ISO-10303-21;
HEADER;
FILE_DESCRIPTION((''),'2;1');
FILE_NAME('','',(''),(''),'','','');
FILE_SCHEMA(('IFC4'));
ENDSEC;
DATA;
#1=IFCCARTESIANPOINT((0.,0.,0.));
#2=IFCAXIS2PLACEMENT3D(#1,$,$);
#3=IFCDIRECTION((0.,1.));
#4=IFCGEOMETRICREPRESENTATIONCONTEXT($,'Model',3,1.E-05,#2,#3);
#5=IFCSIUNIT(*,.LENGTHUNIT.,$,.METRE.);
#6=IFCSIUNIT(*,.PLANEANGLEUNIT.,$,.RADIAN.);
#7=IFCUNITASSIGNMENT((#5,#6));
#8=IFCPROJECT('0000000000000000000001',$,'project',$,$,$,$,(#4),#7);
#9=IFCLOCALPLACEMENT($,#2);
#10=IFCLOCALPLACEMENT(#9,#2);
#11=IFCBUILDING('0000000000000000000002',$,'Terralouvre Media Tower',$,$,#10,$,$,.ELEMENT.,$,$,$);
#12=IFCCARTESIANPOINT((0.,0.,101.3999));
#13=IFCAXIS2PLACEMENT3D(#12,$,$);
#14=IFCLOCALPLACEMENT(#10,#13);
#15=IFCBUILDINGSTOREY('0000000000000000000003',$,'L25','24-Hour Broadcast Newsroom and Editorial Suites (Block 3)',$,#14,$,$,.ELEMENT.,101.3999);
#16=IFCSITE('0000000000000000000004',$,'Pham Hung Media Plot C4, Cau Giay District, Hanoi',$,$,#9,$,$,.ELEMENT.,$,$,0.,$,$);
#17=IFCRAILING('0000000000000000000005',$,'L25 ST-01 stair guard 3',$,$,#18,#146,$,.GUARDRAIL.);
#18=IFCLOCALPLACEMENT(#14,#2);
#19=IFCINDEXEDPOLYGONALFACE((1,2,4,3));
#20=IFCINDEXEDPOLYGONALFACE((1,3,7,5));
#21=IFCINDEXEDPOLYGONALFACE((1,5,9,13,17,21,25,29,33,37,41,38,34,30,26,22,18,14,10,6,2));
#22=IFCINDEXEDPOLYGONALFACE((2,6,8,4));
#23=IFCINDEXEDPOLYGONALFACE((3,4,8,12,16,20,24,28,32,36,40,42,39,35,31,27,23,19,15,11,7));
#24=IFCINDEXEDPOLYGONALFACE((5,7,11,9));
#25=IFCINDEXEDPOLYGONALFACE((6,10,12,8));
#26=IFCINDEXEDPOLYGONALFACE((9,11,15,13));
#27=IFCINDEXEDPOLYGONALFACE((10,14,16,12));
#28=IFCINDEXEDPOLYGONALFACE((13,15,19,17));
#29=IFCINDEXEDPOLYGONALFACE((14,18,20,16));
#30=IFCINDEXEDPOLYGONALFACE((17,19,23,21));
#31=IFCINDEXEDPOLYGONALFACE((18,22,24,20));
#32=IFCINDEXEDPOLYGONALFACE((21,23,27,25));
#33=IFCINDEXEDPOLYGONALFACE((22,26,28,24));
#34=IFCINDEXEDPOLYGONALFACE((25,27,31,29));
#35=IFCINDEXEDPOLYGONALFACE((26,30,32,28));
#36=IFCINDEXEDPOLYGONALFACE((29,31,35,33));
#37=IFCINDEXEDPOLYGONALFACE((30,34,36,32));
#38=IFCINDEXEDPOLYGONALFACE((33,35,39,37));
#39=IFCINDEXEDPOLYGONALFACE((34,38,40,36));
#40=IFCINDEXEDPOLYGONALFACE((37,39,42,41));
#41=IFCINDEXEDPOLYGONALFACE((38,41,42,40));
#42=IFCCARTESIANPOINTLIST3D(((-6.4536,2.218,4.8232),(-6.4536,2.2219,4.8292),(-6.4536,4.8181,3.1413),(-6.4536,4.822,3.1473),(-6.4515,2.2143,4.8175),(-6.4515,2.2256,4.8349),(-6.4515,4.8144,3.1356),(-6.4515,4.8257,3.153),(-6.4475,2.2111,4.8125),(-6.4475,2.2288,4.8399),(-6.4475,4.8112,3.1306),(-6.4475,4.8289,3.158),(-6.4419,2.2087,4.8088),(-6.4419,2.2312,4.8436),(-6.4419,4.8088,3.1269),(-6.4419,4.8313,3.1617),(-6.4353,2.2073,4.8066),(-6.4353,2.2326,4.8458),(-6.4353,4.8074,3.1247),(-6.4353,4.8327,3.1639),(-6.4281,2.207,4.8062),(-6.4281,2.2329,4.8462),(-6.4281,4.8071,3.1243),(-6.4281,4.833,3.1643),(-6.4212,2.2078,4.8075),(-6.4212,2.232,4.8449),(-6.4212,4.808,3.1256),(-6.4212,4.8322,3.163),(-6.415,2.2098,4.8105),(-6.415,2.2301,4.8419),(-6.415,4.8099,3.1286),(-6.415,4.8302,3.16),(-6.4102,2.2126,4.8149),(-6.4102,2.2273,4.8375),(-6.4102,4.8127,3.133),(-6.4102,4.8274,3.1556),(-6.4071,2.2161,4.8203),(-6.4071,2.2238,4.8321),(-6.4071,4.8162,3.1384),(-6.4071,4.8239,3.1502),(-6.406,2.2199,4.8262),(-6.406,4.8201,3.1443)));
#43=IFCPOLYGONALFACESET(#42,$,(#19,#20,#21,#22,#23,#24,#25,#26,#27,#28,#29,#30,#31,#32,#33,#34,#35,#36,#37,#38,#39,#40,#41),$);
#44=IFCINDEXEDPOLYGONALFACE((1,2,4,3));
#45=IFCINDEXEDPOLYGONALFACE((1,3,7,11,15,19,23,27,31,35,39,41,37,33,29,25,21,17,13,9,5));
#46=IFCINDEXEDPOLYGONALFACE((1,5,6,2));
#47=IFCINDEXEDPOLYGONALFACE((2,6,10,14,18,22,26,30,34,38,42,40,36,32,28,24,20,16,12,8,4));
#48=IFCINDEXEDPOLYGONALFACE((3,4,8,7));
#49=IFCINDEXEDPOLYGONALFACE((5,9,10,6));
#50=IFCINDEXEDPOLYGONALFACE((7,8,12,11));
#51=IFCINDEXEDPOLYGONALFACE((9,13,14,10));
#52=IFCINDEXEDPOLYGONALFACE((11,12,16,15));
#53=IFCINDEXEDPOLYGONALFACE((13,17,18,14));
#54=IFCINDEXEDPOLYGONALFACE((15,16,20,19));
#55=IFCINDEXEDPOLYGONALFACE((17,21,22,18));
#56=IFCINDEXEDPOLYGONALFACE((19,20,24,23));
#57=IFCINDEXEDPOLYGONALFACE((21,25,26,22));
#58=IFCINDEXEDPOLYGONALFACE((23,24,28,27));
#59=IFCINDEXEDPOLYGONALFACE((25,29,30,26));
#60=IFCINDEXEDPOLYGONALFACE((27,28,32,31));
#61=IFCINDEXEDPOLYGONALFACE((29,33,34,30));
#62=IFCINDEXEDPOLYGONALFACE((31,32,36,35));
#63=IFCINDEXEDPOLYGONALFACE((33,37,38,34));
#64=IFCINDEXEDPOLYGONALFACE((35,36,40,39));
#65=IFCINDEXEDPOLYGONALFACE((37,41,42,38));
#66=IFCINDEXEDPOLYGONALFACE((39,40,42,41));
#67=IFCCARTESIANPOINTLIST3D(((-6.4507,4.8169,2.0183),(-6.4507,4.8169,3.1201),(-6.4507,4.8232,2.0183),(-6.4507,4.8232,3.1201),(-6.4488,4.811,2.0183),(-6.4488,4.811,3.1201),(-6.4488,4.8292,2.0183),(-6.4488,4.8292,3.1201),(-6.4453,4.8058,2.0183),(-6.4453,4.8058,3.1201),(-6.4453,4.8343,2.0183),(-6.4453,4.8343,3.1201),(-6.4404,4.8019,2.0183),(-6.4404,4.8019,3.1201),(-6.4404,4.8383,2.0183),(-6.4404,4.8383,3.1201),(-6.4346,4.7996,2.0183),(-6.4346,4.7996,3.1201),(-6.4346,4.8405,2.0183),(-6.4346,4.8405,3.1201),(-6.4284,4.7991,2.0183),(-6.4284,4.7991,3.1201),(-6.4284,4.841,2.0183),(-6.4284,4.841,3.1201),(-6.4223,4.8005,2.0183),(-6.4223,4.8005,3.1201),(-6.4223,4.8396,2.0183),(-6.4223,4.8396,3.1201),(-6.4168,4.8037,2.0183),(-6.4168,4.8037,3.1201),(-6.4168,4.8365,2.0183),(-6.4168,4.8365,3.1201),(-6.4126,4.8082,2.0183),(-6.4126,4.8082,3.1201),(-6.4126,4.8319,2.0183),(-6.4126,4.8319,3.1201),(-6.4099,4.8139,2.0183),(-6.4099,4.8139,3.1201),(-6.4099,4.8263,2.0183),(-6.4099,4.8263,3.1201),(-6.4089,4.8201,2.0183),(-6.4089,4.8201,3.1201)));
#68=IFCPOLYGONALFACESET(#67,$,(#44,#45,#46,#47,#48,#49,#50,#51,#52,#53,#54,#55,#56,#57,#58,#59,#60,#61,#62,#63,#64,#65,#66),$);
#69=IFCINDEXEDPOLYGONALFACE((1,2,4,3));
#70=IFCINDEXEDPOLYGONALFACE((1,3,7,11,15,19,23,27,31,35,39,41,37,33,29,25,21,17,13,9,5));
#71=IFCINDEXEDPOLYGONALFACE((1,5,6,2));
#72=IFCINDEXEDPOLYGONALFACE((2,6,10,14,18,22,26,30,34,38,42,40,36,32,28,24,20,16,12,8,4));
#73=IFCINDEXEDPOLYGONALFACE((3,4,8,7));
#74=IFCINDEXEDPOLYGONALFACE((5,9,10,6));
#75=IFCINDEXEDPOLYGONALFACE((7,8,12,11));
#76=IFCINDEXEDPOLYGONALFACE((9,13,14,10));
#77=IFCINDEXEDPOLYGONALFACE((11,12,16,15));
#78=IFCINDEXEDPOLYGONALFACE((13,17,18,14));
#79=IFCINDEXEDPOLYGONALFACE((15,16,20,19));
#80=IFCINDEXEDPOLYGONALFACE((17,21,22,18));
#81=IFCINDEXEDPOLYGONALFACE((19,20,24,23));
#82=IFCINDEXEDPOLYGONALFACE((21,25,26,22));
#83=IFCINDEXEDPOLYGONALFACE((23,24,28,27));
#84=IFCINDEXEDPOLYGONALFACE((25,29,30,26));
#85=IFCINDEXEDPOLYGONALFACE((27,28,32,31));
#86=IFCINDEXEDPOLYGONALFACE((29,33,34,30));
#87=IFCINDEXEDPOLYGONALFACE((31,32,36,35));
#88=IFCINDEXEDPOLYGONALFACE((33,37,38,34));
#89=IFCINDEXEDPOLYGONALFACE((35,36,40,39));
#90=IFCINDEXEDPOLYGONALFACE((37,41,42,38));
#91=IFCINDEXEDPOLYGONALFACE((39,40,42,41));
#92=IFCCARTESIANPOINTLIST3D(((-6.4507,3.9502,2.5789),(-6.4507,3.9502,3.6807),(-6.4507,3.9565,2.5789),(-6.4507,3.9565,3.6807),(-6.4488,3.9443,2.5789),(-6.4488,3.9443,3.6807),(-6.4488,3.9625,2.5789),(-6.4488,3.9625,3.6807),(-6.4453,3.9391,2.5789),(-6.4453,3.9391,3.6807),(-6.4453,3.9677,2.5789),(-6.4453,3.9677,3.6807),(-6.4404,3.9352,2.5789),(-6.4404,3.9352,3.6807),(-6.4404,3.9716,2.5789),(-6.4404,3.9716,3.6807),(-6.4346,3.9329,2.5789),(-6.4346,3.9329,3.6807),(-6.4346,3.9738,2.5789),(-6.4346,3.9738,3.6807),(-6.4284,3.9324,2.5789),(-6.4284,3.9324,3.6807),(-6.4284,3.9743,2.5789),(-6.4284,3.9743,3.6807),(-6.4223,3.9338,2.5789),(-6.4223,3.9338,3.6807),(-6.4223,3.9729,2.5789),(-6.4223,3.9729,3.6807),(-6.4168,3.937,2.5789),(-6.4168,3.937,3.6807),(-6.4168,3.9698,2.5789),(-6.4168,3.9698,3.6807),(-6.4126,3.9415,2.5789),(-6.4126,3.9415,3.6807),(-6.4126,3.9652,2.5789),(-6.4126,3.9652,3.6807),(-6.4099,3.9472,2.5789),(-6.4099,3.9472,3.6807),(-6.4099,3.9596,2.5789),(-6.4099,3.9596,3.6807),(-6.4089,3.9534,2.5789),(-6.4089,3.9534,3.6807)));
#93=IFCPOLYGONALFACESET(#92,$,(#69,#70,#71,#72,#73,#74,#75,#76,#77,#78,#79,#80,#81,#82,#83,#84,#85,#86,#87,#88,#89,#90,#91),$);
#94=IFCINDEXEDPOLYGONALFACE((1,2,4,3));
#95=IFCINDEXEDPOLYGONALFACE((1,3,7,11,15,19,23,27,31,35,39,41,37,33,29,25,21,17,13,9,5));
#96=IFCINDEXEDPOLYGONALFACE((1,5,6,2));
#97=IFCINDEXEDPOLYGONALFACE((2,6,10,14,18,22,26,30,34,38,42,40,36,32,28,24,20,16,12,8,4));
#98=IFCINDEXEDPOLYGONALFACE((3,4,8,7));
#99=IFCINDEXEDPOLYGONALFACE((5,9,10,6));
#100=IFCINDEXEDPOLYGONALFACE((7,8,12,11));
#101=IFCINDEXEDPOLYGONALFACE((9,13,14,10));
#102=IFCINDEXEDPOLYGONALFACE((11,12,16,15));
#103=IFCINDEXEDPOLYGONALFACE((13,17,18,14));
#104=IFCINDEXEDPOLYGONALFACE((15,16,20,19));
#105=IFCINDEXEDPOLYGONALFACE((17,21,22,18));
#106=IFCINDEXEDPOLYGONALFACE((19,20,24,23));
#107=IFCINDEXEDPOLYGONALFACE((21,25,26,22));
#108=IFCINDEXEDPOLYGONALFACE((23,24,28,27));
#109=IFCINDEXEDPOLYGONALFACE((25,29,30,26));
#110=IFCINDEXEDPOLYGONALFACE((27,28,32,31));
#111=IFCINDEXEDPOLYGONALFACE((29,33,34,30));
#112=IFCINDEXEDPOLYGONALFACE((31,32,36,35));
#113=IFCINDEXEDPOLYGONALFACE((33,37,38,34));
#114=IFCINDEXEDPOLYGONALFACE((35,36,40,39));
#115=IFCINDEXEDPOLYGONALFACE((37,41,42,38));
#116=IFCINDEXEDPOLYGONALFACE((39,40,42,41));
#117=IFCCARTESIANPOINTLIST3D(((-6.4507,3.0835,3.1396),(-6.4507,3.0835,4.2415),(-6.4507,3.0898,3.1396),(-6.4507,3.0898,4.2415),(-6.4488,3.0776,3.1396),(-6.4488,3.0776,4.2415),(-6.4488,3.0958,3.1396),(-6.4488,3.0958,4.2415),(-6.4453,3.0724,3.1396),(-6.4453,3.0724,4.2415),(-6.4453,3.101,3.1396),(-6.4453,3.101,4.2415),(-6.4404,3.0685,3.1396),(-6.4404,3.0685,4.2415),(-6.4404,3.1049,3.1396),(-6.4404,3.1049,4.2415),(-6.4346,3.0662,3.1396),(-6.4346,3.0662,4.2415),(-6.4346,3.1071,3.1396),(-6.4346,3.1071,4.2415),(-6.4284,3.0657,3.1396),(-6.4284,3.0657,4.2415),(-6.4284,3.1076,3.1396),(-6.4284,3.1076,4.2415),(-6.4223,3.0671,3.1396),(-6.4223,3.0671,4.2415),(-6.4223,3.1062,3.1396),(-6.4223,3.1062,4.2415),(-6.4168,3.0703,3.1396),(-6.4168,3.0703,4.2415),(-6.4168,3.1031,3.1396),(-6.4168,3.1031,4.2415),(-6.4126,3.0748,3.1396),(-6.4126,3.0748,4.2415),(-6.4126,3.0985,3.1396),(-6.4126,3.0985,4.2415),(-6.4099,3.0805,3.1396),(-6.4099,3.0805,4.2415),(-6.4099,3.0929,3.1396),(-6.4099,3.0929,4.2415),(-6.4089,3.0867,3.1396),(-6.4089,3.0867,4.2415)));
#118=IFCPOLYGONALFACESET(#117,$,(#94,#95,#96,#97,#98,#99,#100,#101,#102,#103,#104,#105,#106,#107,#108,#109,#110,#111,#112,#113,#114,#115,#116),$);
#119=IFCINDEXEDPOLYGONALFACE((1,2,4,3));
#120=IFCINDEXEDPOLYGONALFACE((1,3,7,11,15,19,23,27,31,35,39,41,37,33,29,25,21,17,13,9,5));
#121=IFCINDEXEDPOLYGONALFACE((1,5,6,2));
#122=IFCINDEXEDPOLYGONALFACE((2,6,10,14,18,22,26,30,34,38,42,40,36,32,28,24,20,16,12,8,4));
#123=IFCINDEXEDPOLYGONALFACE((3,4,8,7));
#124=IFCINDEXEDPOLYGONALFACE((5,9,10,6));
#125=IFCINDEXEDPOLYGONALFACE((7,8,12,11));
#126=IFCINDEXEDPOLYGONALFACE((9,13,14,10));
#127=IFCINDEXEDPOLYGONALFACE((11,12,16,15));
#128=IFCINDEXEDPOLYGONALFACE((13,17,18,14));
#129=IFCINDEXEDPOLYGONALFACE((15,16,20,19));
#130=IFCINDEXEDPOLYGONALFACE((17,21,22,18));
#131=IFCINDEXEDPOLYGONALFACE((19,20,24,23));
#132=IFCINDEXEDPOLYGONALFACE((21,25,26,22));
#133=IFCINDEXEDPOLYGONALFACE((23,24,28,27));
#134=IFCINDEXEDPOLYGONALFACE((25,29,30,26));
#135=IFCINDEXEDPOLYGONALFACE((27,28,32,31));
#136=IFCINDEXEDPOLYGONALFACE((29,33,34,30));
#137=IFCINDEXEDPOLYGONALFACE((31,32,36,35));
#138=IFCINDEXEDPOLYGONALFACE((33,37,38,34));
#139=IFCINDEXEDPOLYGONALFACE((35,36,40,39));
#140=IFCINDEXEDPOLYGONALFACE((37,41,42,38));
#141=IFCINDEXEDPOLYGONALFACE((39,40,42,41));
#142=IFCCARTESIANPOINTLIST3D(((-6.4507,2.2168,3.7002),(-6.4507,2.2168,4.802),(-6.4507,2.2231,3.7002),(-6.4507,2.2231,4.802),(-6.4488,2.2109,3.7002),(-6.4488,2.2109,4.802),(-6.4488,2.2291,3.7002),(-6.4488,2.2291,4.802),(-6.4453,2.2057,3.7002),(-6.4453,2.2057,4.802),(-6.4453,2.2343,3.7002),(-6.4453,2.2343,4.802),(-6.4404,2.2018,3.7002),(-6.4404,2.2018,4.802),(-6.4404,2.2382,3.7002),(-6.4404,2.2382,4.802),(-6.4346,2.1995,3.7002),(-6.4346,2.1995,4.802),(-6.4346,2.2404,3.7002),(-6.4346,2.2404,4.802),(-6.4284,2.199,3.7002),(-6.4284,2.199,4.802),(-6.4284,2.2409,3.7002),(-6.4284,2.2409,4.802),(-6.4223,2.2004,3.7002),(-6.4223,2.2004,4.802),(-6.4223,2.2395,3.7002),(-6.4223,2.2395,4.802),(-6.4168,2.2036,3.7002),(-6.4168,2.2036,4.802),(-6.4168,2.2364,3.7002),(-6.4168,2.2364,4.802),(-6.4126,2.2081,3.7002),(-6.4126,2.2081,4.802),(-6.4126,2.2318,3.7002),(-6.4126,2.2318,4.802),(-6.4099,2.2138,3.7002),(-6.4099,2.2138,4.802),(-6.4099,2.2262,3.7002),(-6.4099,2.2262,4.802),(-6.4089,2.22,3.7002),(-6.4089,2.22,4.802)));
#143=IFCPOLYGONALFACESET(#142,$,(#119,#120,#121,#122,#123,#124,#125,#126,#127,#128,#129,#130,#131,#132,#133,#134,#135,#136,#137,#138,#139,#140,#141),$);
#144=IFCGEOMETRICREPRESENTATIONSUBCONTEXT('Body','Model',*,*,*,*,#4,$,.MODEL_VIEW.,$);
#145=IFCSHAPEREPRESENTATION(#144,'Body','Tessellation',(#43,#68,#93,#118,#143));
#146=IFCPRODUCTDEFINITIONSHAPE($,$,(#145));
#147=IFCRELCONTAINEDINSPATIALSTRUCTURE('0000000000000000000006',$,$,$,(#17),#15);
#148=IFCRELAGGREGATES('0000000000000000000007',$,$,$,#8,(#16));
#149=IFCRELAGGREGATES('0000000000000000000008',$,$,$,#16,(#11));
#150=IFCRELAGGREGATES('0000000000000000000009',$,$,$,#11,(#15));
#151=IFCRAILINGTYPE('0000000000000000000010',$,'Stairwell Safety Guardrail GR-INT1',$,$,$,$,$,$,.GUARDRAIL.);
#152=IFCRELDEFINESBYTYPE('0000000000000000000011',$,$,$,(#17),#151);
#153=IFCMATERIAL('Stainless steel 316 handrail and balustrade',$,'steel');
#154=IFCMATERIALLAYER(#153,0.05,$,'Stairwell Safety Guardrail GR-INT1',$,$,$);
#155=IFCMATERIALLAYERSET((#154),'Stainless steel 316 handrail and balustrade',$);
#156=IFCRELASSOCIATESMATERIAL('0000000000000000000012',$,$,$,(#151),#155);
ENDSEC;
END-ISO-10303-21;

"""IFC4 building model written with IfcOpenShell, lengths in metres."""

from ifc_helpers import new_model, si_unit, direction, frame, origin, origin_2d, place, context, subcontext, project, spatial, circle, extrude, material, layer, layer_set, type_object, element, save


model = new_model("IFC4")

# Units and contexts
model_context = context("Model", 3, precision=1e-05, world=origin(), true_north=direction((0.0, 1.0)))
body_context = subcontext(model_context, "Body", "Model", "MODEL_VIEW")
ifc_project = project(units=[si_unit("LENGTHUNIT", "METRE"), si_unit("PLANEANGLEUNIT", "RADIAN")], contexts=[model_context])

# Site, building, storey
site_placement = place(None, origin())
site = spatial("IfcSite", under=ifc_project, at=site_placement, Name="Pham Hung Media Plot C4, Cau Giay District, Hanoi", CompositionType="ELEMENT", RefElevation=0.0)
building_placement = place(site_placement, origin())
building = spatial("IfcBuilding", under=site, at=building_placement, Name="Terralouvre Media Tower", CompositionType="ELEMENT")
storey_placement = place(building_placement, frame((0.0, 0.0, 101.3999)))
storey = spatial("IfcBuildingStorey", under=building, at=storey_placement, Name="L25", Description="24-Hour Broadcast Newsroom and Editorial Suites (Block 3)", CompositionType="ELEMENT", Elevation=101.3999)

# Railing
ifc_material_1 = material(Name="Stainless steel 316 handrail and balustrade", Category="steel")
ifc_layer_1 = layer(ifc_material_1, 0.05, Name="Stairwell Safety Guardrail GR-INT1")
ifc_layer_set_1 = layer_set([ifc_layer_1], Name="Stainless steel 316 handrail and balustrade")
railing_type_1 = type_object("IfcRailingType", Name="Stairwell Safety Guardrail GR-INT1", PredefinedType="GUARDRAIL", material=ifc_layer_set_1)
railing_1_placement = place(storey_placement, frame((-6.4299, 4.8201, 2.0183)))
element("IfcRailing", 1, at=railing_1_placement, inside=storey, type_object=railing_type_1, Name="L25 ST-01 stair guard 3", PredefinedType="GUARDRAIL", context=body_context, shape_type="SweptSolid", body=[
    extrude(circle(Radius=0.0239, at=origin_2d()), frame((0.0, 0.0, 1.126), z_axis=(0.0, -0.839648, 0.54313), x_axis=(1.0, 0.0, 0.0)), (0.0, 0.0, 1.0), 3.0967),
    extrude(circle(Radius=0.021, at=origin_2d()), origin(), (0.0, 0.0, 1.0), 1.1018),
    extrude(circle(Radius=0.021, at=origin_2d()), frame((0.0, -0.8667, 0.5605)), (0.0, 0.0, 1.0), 1.1018),
    extrude(circle(Radius=0.021, at=origin_2d()), frame((0.0, -1.7334, 1.1213)), (0.0, 0.0, 1.0), 1.1018),
    extrude(circle(Radius=0.021, at=origin_2d()), frame((0.0, -2.6001, 1.6819)), (0.0, 0.0, 1.0), 1.1018),
])

save(model, "model.ifc")
